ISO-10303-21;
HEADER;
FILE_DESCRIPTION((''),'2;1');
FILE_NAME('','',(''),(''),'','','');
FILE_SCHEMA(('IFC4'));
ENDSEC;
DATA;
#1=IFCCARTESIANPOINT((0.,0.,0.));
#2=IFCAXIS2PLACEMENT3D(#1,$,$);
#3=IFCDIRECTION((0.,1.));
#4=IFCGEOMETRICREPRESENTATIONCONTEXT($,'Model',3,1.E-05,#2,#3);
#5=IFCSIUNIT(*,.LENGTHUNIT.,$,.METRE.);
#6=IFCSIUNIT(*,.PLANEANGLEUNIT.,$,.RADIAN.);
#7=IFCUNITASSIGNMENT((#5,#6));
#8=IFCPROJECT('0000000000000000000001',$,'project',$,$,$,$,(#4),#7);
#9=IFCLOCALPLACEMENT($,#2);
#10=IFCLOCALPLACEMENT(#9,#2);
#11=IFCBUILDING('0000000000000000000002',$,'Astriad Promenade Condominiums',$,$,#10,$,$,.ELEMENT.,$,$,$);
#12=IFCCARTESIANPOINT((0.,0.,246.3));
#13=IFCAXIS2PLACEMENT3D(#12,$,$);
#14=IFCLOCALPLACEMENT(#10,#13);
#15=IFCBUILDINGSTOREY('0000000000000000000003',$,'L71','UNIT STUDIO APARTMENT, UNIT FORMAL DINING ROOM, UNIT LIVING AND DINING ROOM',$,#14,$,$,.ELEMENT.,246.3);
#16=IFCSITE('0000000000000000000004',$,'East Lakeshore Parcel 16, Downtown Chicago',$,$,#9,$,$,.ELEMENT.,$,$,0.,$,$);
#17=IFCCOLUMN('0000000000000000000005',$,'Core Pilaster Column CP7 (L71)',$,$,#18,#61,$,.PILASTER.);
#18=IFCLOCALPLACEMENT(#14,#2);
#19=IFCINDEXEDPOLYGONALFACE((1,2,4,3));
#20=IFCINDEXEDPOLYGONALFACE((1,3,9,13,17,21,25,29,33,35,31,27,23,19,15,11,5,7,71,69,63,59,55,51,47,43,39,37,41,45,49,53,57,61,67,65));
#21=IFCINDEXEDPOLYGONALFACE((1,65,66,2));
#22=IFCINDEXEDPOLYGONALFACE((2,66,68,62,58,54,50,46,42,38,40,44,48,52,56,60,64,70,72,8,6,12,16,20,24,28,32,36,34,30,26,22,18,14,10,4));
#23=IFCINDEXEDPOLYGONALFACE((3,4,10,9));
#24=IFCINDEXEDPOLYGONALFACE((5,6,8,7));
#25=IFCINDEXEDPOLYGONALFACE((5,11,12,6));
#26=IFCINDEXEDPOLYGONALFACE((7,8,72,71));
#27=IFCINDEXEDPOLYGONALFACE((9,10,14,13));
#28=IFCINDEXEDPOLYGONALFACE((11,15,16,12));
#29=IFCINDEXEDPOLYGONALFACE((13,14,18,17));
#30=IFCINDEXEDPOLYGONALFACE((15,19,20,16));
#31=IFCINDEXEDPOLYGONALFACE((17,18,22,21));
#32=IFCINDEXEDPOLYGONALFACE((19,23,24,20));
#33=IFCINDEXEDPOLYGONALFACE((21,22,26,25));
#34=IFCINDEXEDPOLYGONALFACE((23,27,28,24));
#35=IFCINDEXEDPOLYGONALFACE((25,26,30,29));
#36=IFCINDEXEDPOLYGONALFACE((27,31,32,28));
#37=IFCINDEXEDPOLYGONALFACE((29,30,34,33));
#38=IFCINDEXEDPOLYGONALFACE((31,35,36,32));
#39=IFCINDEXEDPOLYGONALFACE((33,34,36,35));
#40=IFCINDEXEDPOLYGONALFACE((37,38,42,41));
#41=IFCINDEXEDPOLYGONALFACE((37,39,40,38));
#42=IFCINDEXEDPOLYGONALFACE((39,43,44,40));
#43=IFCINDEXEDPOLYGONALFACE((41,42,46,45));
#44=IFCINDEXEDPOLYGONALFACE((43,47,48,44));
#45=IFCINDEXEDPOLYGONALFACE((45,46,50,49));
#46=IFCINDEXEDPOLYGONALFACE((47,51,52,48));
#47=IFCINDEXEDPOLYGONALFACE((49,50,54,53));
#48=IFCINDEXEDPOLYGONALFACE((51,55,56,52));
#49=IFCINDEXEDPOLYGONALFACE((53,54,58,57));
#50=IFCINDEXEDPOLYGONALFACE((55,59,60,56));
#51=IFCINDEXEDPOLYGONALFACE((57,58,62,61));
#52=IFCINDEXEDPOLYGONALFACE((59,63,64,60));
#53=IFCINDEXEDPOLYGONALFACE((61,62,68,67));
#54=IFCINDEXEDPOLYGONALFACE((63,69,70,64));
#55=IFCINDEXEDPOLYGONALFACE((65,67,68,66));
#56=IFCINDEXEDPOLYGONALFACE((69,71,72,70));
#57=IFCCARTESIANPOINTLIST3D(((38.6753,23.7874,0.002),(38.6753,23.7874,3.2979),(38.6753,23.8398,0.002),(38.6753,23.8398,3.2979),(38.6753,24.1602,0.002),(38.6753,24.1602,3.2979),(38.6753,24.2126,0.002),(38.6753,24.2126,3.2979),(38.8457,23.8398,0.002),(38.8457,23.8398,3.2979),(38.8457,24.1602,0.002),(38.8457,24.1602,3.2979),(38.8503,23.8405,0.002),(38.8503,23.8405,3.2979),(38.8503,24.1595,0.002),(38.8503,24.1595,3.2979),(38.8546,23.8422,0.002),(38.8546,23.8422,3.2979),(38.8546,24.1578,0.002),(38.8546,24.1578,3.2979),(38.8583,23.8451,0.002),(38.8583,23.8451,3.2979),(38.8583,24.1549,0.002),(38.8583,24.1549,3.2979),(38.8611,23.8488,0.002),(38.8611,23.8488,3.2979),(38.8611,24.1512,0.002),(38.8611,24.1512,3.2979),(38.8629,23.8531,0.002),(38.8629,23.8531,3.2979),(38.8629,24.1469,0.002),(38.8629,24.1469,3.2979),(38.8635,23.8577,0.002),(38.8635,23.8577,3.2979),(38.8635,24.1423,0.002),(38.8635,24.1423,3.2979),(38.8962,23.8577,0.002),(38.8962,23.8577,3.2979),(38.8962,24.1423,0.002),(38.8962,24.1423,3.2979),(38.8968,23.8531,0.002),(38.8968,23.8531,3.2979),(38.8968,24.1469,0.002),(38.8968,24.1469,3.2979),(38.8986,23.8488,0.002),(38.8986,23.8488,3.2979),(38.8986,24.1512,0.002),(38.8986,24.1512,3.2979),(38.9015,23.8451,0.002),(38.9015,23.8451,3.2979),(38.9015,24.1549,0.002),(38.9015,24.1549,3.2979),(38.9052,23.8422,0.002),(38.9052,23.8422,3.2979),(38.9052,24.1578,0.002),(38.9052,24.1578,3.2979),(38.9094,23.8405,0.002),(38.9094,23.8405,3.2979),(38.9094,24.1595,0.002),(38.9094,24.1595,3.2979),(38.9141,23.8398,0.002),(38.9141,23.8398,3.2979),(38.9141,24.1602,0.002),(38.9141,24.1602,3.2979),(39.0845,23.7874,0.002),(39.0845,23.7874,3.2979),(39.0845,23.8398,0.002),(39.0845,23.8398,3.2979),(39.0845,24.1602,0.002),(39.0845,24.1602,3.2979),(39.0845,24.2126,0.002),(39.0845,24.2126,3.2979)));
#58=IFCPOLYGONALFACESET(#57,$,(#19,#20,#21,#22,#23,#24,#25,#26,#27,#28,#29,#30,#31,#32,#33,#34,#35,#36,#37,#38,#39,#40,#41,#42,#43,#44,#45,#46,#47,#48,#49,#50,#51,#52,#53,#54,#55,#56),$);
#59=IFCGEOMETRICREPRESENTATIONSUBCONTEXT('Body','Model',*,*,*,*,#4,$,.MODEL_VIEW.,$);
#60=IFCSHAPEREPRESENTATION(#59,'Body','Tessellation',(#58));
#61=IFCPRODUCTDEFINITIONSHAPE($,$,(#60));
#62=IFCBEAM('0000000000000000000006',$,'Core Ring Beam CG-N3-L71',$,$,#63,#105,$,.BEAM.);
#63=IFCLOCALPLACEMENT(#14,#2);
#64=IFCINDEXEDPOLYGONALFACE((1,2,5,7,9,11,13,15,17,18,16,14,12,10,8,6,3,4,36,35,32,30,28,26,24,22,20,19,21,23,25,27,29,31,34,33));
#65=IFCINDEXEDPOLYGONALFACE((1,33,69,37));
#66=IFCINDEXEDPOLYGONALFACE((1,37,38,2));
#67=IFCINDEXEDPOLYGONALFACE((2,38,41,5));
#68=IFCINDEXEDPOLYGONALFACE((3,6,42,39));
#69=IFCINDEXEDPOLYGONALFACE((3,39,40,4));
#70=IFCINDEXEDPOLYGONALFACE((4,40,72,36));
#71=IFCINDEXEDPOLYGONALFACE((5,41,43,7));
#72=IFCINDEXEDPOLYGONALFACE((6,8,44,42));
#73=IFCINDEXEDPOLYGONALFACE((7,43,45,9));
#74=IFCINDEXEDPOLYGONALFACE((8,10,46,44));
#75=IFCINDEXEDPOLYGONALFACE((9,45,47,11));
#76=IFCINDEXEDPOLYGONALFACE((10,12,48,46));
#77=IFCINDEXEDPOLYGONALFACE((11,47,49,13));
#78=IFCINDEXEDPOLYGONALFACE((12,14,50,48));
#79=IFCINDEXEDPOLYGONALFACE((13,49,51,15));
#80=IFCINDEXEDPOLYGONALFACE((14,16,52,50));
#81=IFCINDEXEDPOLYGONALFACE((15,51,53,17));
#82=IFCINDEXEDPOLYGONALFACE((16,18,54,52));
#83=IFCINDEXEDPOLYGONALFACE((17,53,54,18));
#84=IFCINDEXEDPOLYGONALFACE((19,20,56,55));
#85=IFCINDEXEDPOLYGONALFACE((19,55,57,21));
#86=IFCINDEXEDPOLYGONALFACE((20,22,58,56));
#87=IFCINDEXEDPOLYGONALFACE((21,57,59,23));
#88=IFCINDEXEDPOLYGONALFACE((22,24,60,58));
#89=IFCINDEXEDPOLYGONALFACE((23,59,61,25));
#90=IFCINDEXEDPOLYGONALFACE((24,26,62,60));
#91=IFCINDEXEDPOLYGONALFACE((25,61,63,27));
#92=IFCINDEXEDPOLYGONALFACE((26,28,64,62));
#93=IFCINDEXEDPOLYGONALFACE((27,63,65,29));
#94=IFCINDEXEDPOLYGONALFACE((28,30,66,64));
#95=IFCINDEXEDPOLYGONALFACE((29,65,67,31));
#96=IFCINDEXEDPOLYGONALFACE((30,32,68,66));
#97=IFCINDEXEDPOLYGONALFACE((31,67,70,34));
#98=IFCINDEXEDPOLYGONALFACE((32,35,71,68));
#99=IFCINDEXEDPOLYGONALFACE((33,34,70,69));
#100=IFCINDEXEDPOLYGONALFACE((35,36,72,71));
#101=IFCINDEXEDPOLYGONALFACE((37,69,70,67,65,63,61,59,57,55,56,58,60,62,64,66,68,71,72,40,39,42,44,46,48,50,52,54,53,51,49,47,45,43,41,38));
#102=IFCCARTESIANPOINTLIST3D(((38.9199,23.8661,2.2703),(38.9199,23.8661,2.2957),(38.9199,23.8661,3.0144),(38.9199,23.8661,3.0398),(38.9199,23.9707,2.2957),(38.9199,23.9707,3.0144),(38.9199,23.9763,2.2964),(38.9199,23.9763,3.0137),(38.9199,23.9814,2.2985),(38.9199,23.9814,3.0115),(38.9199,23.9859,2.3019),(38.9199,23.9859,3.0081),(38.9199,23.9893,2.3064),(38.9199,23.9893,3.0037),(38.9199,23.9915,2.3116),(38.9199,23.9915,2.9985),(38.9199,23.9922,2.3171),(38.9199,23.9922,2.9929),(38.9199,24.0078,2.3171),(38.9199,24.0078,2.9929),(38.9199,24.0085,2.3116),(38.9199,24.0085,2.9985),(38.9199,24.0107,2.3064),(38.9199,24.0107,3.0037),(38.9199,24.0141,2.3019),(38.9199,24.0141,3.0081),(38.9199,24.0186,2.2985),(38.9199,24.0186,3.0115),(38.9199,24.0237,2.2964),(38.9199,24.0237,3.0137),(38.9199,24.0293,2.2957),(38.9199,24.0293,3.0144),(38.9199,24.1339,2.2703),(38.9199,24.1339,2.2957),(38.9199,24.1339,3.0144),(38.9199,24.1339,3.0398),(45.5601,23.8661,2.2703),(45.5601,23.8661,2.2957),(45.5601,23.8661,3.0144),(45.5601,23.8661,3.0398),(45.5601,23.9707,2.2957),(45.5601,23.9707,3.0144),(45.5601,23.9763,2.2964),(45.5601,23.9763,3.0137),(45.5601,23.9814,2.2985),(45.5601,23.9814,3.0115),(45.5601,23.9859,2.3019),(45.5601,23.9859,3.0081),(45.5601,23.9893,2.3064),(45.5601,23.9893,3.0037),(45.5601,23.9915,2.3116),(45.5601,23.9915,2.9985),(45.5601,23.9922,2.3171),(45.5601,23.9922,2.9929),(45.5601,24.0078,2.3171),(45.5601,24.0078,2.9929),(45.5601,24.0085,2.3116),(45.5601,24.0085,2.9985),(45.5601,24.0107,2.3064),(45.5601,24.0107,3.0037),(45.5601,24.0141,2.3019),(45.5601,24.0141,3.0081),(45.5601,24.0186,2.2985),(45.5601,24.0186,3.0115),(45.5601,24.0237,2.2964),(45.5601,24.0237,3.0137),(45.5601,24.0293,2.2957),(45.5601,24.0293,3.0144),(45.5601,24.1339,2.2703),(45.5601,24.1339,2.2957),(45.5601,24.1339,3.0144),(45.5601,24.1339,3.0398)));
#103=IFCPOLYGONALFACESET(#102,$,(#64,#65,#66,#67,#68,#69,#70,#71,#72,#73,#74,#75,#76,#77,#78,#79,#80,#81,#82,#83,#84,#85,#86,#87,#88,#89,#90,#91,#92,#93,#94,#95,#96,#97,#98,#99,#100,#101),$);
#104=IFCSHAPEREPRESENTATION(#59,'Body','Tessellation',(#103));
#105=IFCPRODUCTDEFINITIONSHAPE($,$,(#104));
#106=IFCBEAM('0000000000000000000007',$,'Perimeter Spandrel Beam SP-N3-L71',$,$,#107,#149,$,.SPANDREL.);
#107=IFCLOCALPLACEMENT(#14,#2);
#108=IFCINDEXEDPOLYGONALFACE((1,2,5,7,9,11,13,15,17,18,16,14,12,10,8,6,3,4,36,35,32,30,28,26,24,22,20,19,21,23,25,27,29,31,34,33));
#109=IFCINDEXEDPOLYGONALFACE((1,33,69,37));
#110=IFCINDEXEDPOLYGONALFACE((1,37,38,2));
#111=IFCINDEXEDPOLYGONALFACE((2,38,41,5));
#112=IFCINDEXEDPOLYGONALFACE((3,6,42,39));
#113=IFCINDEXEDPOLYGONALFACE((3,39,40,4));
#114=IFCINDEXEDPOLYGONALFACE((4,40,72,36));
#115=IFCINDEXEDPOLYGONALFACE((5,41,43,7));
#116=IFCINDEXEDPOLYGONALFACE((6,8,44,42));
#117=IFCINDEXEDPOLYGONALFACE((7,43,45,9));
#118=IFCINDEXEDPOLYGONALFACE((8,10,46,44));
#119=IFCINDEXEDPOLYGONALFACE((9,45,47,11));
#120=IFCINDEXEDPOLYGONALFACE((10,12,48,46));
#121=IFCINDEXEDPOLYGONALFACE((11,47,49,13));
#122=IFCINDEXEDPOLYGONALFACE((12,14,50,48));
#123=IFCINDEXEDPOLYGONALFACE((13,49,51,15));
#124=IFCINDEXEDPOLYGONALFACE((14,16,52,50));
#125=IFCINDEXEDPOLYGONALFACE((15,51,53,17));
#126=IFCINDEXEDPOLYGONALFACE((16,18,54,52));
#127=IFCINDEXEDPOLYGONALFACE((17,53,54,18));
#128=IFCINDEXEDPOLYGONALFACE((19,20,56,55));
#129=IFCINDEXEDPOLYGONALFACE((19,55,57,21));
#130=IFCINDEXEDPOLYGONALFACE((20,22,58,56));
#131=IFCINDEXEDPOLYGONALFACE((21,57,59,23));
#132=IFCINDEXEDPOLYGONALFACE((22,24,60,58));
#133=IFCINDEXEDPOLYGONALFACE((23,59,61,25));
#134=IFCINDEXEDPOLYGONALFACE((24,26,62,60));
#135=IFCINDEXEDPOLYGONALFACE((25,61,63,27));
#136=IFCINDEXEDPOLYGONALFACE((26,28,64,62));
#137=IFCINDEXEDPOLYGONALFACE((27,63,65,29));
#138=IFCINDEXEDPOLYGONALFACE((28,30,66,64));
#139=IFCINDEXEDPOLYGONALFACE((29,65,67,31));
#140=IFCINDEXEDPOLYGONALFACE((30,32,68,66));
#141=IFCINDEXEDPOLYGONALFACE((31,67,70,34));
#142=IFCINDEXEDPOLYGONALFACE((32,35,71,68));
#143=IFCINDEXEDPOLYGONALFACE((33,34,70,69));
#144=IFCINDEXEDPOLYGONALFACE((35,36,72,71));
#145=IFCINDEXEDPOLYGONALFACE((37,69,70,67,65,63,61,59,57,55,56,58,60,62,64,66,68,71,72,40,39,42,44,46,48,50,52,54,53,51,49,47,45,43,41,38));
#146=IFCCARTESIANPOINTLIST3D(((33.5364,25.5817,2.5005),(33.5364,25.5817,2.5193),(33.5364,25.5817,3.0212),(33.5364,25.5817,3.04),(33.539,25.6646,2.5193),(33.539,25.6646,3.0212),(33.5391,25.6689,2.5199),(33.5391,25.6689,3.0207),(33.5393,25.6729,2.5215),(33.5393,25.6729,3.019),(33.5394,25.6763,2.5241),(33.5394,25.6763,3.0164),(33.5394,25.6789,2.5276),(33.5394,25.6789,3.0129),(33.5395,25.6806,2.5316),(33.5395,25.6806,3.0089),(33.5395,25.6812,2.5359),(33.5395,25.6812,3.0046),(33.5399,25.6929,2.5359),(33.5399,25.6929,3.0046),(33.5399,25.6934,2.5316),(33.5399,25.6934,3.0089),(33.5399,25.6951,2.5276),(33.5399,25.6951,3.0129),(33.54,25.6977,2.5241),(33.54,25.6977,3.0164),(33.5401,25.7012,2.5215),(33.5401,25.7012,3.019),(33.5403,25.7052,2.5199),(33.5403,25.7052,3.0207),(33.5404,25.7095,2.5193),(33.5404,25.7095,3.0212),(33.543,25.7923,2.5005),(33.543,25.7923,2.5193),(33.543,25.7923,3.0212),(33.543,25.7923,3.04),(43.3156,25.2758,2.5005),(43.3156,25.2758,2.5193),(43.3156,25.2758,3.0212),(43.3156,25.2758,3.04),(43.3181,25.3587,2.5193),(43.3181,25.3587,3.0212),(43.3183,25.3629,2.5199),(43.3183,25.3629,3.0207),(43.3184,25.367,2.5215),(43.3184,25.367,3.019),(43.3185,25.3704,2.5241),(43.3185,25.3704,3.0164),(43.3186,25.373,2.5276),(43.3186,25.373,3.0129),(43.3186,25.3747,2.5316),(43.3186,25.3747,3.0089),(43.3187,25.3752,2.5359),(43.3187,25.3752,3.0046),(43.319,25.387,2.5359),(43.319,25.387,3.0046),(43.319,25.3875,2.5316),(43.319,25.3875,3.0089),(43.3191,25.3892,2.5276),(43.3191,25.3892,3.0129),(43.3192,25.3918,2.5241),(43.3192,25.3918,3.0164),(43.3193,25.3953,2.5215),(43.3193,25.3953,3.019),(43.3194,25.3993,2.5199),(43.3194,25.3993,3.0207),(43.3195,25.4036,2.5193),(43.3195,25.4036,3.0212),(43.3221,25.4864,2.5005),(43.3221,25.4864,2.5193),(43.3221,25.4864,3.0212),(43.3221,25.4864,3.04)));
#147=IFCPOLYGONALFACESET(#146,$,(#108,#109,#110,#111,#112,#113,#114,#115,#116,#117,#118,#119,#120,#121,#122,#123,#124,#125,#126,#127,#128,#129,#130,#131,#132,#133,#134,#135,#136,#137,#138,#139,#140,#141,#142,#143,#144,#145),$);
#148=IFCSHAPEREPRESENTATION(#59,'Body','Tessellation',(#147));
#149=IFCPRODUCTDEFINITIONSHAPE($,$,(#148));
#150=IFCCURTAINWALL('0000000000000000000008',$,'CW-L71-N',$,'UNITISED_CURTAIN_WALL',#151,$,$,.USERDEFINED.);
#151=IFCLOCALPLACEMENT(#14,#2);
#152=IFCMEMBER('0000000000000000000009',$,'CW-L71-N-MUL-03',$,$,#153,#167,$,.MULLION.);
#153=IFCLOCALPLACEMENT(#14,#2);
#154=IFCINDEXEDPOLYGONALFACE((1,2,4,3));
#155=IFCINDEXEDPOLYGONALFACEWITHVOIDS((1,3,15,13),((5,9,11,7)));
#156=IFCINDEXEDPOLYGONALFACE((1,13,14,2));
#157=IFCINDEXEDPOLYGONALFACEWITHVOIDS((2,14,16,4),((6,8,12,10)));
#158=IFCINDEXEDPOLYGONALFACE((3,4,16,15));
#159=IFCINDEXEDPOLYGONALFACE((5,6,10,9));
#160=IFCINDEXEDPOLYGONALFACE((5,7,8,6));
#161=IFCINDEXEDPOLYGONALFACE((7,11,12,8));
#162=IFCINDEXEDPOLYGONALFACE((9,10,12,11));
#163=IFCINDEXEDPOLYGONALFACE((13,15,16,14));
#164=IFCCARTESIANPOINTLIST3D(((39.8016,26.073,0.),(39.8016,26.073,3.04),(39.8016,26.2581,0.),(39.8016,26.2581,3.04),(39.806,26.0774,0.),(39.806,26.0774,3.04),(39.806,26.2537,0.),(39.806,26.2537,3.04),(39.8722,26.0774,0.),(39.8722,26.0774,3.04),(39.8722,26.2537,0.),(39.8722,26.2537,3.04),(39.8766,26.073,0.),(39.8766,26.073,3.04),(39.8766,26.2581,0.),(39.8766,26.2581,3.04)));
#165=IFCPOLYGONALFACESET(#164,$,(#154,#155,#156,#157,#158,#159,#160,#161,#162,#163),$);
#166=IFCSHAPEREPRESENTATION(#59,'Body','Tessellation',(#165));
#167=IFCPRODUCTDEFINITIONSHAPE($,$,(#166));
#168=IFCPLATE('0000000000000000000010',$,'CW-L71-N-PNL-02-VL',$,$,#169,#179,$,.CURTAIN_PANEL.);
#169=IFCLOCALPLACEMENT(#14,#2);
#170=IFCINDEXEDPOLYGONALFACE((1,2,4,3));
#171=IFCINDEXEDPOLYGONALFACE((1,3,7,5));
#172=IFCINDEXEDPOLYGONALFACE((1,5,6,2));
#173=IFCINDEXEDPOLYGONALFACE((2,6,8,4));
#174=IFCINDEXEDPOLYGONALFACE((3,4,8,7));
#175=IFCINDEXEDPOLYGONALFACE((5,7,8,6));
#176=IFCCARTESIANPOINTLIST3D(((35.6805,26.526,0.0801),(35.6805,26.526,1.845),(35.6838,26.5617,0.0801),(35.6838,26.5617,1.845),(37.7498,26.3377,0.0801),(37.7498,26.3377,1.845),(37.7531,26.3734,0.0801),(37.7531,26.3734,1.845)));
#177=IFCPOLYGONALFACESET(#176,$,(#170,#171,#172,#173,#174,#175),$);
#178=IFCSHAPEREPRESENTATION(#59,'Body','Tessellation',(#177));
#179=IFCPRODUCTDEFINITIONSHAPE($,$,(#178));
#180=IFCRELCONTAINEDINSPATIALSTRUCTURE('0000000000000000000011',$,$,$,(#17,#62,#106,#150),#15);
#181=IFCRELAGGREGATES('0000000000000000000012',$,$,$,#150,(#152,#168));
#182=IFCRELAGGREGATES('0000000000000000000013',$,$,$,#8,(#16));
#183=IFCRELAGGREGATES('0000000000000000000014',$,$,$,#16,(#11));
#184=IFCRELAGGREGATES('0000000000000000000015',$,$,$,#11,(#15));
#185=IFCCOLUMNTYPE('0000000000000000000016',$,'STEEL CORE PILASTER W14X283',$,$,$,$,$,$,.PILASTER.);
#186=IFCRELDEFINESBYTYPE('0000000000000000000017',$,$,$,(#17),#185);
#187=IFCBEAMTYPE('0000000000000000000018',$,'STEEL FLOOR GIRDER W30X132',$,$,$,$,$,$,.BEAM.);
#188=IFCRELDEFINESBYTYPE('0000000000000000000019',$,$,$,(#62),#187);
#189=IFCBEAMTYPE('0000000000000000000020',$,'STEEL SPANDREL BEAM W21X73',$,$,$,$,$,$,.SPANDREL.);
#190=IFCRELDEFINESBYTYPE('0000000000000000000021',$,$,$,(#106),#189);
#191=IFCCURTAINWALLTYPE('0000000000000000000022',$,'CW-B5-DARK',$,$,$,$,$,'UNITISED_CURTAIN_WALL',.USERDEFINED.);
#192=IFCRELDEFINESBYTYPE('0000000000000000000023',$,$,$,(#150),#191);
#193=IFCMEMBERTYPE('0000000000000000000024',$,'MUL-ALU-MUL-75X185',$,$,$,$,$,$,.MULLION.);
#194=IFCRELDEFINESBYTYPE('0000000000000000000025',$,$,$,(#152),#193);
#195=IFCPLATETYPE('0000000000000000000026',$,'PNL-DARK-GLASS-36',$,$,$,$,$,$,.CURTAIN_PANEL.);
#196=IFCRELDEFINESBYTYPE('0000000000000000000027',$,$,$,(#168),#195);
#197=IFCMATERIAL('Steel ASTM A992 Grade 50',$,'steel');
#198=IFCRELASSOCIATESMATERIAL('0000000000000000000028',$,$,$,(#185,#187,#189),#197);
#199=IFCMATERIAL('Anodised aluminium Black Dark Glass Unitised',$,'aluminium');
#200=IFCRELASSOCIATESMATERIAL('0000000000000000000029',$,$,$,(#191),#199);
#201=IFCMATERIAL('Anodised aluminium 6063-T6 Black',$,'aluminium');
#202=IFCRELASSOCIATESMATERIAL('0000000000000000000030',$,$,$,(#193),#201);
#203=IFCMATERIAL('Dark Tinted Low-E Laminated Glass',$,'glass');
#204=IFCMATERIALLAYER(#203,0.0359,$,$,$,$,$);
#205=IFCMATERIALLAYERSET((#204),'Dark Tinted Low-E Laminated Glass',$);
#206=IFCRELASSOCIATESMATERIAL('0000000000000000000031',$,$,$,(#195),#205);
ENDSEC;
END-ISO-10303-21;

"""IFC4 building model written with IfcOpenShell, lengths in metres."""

from ifc_helpers import new_model, si_unit, direction, frame, origin, origin_2d, place, context, subcontext, project, spatial, rectangle, hollow_rectangle, i_section, extrude, source, transform, mapped, material, layer, layer_set, material_profile, profile_set, type_object, type_shapes, element, aggregate, save


model = new_model("IFC4")

# Units and contexts
model_context = context("Model", 3, precision=1e-05, world=origin(), true_north=direction((0.0, 1.0)))
body_context = subcontext(model_context, "Body", "Model", "MODEL_VIEW")
ifc_project = project(units=[si_unit("LENGTHUNIT", "METRE"), si_unit("PLANEANGLEUNIT", "RADIAN")], contexts=[model_context])

# Site, building, storey
site_placement = place(None, origin())
site = spatial("IfcSite", under=ifc_project, at=site_placement, Name="East Lakeshore Parcel 16, Downtown Chicago", CompositionType="ELEMENT", RefElevation=0.0)
building_placement = place(site_placement, origin())
building = spatial("IfcBuilding", under=site, at=building_placement, Name="Astriad Promenade Condominiums", CompositionType="ELEMENT")
storey_placement = place(building_placement, frame((0.0, 0.0, 246.3)))
storey = spatial("IfcBuildingStorey", under=building, at=storey_placement, Name="L71", Description="UNIT STUDIO APARTMENT, UNIT FORMAL DINING ROOM, UNIT LIVING AND DINING ROOM", CompositionType="ELEMENT", Elevation=246.3)

# Column
ifc_material_1 = material(Name="Steel ASTM A992 Grade 50", Category="steel")
ifc_material_profile_1 = material_profile(ifc_material_1, i_section(OverallWidth=0.4092, OverallDepth=0.4253, WebThickness=0.0327, FlangeThickness=0.0525, FilletRadius=0.0178, at=origin_2d()), Name="W14X283")
ifc_profile_set_1 = profile_set([ifc_material_profile_1], Name="Steel ASTM A992 Grade 50")
column_type = type_object("IfcColumnType", Name="STEEL CORE PILASTER W14X283", PredefinedType="PILASTER", material=ifc_profile_set_1)
shared_shape_1 = source(origin(), body_context, "Body", "SweptSolid", [
    extrude(i_section(OverallWidth=0.4092, OverallDepth=0.4253, WebThickness=0.0327, FlangeThickness=0.0525, FilletRadius=0.0178, at=origin_2d()), origin(), (0.0, 0.0, 1.0), 3.2959),
])
type_shapes(column_type, [shared_shape_1])
column_placement = place(storey_placement, frame((38.8799, 24.0, 0.002), z_axis=(0.0, 0.0, 1.0), x_axis=(1.0, 0.0, 0.0)))
element("IfcColumn", 1, at=column_placement, inside=storey, type_object=column_type, Name="Core Pilaster Column CP7 (L71)", PredefinedType="PILASTER", context=body_context, shape_type="MappedRepresentation", body=[
    mapped(shared_shape_1, transform((0.0, 0.0, 0.0), scale=1.0)),
])

# Beams
ifc_material_profile_2 = material_profile(ifc_material_1, i_section(OverallWidth=0.2678, OverallDepth=0.7695, WebThickness=0.0156, FlangeThickness=0.0254, FilletRadius=0.0215, at=origin_2d()), Name="W30X132")
ifc_profile_set_2 = profile_set([ifc_material_profile_2], Name="Steel ASTM A992 Grade 50")
beam_type_1 = type_object("IfcBeamType", Name="STEEL FLOOR GIRDER W30X132", PredefinedType="BEAM", material=ifc_profile_set_2)
shared_shape_2 = source(origin(), body_context, "Body", "SweptSolid", [
    extrude(i_section(OverallWidth=0.2678, OverallDepth=0.7695, WebThickness=0.0156, FlangeThickness=0.0254, FilletRadius=0.0215, at=origin_2d()), origin(), (0.0, 0.0, 1.0), 6.6401),
])
type_shapes(beam_type_1, [shared_shape_2])
beam_1_placement = place(storey_placement, frame((38.9199, 24.0, 2.655), z_axis=(1.0, 0.0, 0.0), x_axis=(0.0, 1.0, 0.0)))
element("IfcBeam", 2, at=beam_1_placement, inside=storey, type_object=beam_type_1, Name="Core Ring Beam CG-N3-L71", PredefinedType="BEAM", context=body_context, shape_type="MappedRepresentation", body=[
    mapped(shared_shape_2, transform((0.0, 0.0, 0.0), scale=1.0)),
])
ifc_material_profile_3 = material_profile(ifc_material_1, i_section(OverallWidth=0.2107, OverallDepth=0.5396, WebThickness=0.0117, FlangeThickness=0.0188, FilletRadius=0.0166, at=origin_2d()), Name="W21X73")
ifc_profile_set_3 = profile_set([ifc_material_profile_3], Name="Steel ASTM A992 Grade 50")
beam_type_2 = type_object("IfcBeamType", Name="STEEL SPANDREL BEAM W21X73", PredefinedType="SPANDREL", material=ifc_profile_set_3)
shared_shape_3 = source(origin(), body_context, "Body", "SweptSolid", [
    extrude(i_section(OverallWidth=0.2107, OverallDepth=0.5396, WebThickness=0.0117, FlangeThickness=0.0188, FilletRadius=0.0166, at=origin_2d()), origin(), (0.0, 0.0, 1.0), 9.7839),
])
type_shapes(beam_type_2, [shared_shape_3])
beam_2_placement = place(storey_placement, frame((43.3188, 25.3811, 2.7703), z_axis=(-0.999511, 0.031267, 0.0), x_axis=(-0.031267, -0.999511, 0.0)))
element("IfcBeam", 3, at=beam_2_placement, inside=storey, type_object=beam_type_2, Name="Perimeter Spandrel Beam SP-N3-L71", PredefinedType="SPANDREL", context=body_context, shape_type="MappedRepresentation", body=[
    mapped(shared_shape_3, transform((0.0, 0.0, 0.0), scale=1.0)),
])

# Curtain wall, member, plate
ifc_material_2 = material(Name="Anodised aluminium Black Dark Glass Unitised", Category="aluminium")
curtain_wall_type = type_object("IfcCurtainWallType", Name="CW-B5-DARK", ElementType="UNITISED_CURTAIN_WALL", PredefinedType="USERDEFINED", material=ifc_material_2)
curtain_wall_placement = place(storey_placement, origin())
curtain_wall = element("IfcCurtainWall", 4, at=curtain_wall_placement, inside=storey, type_object=curtain_wall_type, Name="CW-L71-N", ObjectType="UNITISED_CURTAIN_WALL", PredefinedType="USERDEFINED")
ifc_material_3 = material(Name="Anodised aluminium 6063-T6 Black", Category="aluminium")
ifc_material_profile_4 = material_profile(ifc_material_3, hollow_rectangle(XDim=0.075, YDim=0.1851, WallThickness=0.0044, at=origin_2d()), Name="ALU-MUL-75X185")
ifc_profile_set_4 = profile_set([ifc_material_profile_4], Name="Anodised aluminium 6063-T6 Black")
member_type = type_object("IfcMemberType", Name="MUL-ALU-MUL-75X185", PredefinedType="MULLION", material=ifc_profile_set_4)
shared_shape_4 = source(origin(), body_context, "Body", "SweptSolid", [
    extrude(hollow_rectangle(XDim=0.075, YDim=0.1851, WallThickness=0.0044, at=origin_2d()), origin(), (0.0, 0.0, 1.0), 3.04),
])
type_shapes(member_type, [shared_shape_4])
member_placement = place(storey_placement, frame((39.8391, 26.1655, 0.0), z_axis=(0.0, 0.0, 1.0), x_axis=(1.0, 0.0, 0.0)))
member = element("IfcMember", 5, at=member_placement, type_object=member_type, Name="CW-L71-N-MUL-03", PredefinedType="MULLION", context=body_context, shape_type="MappedRepresentation", body=[
    mapped(shared_shape_4, transform((0.0, 0.0, 0.0), scale=1.0)),
])
ifc_material_4 = material(Name="Dark Tinted Low-E Laminated Glass", Category="glass")
ifc_layer_1 = layer(ifc_material_4, 0.0359)
ifc_layer_set_1 = layer_set([ifc_layer_1], Name="Dark Tinted Low-E Laminated Glass")
plate_type = type_object("IfcPlateType", Name="PNL-DARK-GLASS-36", PredefinedType="CURTAIN_PANEL", material=ifc_layer_set_1)
shared_shape_5 = source(origin(), body_context, "Body", "SweptSolid", [
    extrude(rectangle(XDim=2.0779, YDim=0.0359, at=origin_2d()), origin(), (0.0, 0.0, 1.0), 1.7649),
])
plate_1_placement = place(storey_placement, frame((36.7168, 26.4497, 0.0801), z_axis=(0.0, 0.0, 1.0), x_axis=(0.995884, -0.090633, 0.0)))
plate_1 = element("IfcPlate", 6, at=plate_1_placement, type_object=plate_type, Name="CW-L71-N-PNL-02-VL", PredefinedType="CURTAIN_PANEL", context=body_context, shape_type="MappedRepresentation", body=[
    mapped(shared_shape_5, transform((0.0, 0.0, 0.0), scale=1.0)),
])
aggregate(curtain_wall, [member, plate_1])

save(model, "model.ifc")
